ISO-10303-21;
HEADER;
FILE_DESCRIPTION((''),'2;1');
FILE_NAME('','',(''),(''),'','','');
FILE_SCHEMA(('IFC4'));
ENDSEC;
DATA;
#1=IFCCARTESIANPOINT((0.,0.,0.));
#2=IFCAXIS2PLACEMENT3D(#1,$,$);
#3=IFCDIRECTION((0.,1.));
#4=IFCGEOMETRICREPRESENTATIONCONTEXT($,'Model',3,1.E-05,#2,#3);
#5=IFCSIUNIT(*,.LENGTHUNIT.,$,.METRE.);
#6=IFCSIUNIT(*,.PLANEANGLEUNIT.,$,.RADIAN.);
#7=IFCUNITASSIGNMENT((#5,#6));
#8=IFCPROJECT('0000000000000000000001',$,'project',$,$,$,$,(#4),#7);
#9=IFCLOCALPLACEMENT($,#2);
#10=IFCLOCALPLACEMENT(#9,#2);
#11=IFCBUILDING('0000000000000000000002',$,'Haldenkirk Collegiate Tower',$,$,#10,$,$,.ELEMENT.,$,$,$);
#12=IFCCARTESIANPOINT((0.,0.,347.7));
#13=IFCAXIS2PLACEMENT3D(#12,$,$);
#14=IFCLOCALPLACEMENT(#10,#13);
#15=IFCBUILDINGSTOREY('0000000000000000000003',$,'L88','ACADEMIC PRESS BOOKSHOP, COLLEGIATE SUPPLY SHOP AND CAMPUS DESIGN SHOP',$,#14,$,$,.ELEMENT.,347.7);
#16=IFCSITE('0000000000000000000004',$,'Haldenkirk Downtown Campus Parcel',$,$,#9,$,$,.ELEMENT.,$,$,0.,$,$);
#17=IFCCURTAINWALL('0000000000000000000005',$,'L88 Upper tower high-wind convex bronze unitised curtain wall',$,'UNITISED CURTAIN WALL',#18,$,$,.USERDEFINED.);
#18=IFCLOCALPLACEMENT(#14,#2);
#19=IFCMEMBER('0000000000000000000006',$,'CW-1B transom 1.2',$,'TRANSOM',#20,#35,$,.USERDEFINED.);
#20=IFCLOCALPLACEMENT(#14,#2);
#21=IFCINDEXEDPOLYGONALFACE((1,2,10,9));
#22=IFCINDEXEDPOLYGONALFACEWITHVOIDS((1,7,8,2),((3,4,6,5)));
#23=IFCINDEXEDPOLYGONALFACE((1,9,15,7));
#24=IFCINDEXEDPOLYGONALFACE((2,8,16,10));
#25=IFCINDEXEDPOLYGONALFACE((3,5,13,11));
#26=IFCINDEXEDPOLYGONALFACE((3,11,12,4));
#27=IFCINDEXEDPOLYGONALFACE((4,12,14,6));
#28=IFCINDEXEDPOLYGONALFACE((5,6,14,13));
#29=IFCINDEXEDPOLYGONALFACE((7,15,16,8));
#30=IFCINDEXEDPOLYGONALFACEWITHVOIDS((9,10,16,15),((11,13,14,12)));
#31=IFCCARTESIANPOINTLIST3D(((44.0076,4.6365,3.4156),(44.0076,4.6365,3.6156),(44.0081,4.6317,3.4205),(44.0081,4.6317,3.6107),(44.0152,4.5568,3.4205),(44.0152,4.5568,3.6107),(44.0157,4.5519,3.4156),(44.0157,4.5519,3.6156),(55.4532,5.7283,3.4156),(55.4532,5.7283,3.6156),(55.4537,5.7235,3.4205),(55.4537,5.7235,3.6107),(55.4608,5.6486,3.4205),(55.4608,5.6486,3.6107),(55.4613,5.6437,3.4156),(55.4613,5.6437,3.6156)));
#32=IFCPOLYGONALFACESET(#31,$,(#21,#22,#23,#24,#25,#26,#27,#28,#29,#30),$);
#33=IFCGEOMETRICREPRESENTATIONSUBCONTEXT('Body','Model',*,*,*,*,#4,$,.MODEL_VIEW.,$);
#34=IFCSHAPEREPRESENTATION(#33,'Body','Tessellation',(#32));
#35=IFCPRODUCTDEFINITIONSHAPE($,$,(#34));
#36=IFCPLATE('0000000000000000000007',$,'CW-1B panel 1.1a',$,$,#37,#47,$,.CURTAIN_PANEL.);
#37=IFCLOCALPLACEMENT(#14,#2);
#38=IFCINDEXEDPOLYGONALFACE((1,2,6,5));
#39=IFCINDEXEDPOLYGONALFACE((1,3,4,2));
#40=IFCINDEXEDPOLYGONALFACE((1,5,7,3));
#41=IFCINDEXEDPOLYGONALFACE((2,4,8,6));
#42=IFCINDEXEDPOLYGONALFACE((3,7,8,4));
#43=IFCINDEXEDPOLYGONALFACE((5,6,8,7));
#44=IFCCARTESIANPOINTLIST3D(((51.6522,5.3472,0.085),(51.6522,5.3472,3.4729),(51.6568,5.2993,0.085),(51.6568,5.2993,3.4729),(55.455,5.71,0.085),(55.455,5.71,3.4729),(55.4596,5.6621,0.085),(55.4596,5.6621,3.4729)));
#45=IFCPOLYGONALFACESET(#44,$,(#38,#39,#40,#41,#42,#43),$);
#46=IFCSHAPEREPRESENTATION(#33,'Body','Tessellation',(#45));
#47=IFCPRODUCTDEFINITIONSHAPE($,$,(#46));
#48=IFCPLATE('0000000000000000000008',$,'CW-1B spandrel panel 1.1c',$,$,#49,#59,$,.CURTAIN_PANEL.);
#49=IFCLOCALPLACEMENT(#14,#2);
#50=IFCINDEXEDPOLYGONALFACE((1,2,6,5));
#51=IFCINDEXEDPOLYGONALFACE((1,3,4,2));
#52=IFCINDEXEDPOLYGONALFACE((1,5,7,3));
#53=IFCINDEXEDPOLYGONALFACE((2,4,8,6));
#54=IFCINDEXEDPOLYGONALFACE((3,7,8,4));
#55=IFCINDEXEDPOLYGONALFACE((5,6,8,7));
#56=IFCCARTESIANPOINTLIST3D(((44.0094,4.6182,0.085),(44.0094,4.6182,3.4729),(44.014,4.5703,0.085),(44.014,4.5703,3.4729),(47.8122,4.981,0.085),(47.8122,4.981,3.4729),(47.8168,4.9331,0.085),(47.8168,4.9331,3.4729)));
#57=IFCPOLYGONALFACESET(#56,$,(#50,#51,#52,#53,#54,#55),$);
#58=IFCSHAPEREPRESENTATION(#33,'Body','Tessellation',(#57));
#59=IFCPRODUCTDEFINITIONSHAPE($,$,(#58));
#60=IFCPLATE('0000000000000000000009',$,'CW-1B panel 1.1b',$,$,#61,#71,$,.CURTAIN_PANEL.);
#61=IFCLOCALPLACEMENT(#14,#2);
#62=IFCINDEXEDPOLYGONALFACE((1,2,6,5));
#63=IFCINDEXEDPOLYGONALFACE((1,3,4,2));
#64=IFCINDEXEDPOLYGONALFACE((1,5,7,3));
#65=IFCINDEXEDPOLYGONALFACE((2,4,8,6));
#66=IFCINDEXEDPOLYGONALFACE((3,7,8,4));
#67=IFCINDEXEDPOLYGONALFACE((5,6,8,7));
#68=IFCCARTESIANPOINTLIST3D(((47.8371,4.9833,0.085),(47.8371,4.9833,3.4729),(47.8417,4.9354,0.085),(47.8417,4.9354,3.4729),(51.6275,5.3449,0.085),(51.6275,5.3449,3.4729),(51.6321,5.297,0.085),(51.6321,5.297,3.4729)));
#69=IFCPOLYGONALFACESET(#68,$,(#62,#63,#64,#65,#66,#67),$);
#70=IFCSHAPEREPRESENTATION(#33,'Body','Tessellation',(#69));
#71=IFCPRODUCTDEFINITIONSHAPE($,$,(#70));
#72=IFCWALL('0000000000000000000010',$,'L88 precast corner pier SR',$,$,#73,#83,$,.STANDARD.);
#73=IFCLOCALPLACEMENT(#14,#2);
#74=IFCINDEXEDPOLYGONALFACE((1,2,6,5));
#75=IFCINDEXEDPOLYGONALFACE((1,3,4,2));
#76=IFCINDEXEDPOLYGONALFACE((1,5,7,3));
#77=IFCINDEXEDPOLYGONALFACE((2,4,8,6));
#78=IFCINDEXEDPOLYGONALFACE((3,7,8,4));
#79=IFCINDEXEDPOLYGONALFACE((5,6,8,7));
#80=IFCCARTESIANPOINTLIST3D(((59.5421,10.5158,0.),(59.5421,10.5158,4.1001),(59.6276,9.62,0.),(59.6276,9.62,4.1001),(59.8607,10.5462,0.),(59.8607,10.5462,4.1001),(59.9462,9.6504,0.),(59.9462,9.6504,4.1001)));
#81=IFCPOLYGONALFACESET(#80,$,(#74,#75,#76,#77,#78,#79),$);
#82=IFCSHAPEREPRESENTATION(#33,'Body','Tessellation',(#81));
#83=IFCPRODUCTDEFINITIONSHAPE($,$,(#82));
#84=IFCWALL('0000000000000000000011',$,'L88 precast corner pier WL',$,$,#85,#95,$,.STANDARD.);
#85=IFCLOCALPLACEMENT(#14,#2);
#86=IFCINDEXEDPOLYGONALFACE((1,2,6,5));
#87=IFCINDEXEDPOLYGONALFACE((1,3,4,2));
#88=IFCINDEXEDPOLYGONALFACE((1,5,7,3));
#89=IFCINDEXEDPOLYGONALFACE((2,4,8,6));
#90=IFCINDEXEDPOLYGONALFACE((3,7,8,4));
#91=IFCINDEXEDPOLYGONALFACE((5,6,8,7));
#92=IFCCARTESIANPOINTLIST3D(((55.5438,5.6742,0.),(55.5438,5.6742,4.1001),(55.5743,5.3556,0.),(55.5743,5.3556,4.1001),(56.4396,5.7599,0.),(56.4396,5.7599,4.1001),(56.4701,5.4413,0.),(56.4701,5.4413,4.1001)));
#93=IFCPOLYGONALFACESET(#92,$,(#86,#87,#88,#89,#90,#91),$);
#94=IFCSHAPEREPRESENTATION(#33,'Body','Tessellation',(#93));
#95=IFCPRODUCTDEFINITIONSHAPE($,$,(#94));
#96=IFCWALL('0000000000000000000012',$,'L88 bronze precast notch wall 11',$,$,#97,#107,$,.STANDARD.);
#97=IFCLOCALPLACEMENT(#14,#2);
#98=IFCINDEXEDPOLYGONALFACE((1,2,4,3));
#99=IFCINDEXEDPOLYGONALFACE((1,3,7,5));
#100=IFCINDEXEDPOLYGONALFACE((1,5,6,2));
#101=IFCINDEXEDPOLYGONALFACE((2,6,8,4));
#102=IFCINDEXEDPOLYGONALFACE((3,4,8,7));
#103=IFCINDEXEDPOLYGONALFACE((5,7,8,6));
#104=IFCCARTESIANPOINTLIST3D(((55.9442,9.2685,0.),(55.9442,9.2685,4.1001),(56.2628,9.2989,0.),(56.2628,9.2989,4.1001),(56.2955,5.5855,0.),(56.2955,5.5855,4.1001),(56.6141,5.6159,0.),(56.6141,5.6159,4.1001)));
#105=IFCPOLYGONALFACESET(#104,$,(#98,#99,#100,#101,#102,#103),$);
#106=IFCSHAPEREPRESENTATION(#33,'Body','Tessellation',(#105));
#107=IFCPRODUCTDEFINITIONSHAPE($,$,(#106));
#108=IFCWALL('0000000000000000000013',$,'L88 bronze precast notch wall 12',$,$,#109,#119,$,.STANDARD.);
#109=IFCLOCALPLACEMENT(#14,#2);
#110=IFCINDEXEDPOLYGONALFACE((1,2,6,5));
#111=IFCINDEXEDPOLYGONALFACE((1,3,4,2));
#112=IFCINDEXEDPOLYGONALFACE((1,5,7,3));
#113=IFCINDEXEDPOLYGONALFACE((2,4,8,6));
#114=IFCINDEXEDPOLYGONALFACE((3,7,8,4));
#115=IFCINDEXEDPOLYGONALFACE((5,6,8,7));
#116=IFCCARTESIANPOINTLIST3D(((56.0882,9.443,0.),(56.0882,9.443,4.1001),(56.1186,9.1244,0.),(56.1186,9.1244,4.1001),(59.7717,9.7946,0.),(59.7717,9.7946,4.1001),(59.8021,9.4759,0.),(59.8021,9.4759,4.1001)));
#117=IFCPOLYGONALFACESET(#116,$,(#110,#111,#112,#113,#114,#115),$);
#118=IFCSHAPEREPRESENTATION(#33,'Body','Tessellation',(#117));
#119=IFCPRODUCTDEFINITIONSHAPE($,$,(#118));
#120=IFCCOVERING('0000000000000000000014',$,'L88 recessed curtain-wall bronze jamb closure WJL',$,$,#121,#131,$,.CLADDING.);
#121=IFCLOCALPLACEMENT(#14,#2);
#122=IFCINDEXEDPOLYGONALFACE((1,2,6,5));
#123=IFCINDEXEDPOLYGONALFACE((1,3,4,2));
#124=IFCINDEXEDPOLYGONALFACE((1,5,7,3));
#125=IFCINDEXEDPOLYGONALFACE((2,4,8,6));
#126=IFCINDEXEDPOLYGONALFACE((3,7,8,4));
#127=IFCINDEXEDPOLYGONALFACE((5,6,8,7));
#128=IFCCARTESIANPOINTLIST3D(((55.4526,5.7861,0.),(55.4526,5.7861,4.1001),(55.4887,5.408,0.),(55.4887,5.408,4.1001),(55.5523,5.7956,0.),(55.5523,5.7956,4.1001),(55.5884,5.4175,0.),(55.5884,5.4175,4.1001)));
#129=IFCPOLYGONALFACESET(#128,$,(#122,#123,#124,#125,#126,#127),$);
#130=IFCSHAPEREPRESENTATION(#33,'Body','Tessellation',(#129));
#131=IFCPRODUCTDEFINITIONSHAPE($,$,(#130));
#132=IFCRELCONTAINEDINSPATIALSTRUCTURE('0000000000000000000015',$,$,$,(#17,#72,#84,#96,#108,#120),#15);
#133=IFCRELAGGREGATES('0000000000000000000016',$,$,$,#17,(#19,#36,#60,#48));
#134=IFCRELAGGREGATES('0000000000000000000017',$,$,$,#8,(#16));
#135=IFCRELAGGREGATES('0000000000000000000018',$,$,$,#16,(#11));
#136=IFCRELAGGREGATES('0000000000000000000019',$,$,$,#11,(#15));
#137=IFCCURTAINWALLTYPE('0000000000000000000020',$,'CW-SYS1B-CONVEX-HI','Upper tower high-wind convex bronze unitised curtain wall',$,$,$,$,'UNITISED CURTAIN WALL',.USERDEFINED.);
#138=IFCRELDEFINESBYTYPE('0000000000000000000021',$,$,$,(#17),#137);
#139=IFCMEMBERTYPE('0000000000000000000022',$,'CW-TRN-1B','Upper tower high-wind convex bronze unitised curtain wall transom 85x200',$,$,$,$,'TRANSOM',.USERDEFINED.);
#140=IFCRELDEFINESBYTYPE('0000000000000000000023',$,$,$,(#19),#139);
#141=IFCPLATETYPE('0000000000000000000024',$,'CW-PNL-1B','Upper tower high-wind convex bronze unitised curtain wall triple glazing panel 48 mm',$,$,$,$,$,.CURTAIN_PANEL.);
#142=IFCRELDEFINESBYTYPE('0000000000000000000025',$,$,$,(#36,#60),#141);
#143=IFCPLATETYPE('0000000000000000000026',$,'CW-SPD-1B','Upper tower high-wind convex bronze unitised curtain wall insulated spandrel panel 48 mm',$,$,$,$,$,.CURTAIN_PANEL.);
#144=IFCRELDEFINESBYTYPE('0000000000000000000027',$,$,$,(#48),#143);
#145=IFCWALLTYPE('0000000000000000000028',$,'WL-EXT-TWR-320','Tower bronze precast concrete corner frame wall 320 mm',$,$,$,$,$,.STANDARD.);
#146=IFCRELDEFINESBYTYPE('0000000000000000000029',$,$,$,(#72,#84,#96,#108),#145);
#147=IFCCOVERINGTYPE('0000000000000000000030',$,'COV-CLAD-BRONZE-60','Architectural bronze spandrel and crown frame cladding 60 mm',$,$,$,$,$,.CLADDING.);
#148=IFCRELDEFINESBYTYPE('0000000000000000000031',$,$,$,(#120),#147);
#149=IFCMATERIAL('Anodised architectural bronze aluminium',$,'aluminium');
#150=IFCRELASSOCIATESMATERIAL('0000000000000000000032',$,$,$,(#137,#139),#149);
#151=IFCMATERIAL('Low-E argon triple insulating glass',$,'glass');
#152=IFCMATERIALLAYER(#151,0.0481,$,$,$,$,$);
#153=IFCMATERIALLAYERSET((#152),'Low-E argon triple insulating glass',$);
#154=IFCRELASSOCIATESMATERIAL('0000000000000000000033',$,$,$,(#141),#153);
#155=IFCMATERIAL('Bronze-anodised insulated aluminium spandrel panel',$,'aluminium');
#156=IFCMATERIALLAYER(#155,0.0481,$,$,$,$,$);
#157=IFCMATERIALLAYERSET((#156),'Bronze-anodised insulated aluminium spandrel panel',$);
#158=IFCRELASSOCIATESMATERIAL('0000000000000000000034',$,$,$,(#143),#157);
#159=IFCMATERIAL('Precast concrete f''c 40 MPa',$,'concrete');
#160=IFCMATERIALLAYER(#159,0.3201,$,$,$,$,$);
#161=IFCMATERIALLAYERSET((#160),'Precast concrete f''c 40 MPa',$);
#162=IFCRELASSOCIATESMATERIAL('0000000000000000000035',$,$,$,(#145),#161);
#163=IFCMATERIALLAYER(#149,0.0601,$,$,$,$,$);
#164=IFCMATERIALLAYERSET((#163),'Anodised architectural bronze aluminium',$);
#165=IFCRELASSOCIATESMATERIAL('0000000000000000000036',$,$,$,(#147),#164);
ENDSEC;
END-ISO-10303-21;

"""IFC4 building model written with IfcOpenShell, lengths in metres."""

from ifc_helpers import new_model, si_unit, direction, frame, frame_2d, origin, origin_2d, place, context, subcontext, project, spatial, rectangle, hollow_rectangle, extrude, source, transform, mapped, material, layer, layer_set, material_profile, profile_set, type_object, element, aggregate, save


model = new_model("IFC4")

# Units and contexts
model_context = context("Model", 3, precision=1e-05, world=origin(), true_north=direction((0.0, 1.0)))
body_context = subcontext(model_context, "Body", "Model", "MODEL_VIEW")
ifc_project = project(units=[si_unit("LENGTHUNIT", "METRE"), si_unit("PLANEANGLEUNIT", "RADIAN")], contexts=[model_context])

# Site, building, storey
site_placement = place(None, origin())
site = spatial("IfcSite", under=ifc_project, at=site_placement, Name="Haldenkirk Downtown Campus Parcel", CompositionType="ELEMENT", RefElevation=0.0)
building_placement = place(site_placement, origin())
building = spatial("IfcBuilding", under=site, at=building_placement, Name="Haldenkirk Collegiate Tower", CompositionType="ELEMENT")
storey_placement = place(building_placement, frame((0.0, 0.0, 347.7)))
storey = spatial("IfcBuildingStorey", under=building, at=storey_placement, Name="L88", Description="ACADEMIC PRESS BOOKSHOP, COLLEGIATE SUPPLY SHOP AND CAMPUS DESIGN SHOP", CompositionType="ELEMENT", Elevation=347.7)

# Curtain wall, member, plates
ifc_material_1 = material(Name="Anodised architectural bronze aluminium", Category="aluminium")
curtain_wall_type = type_object("IfcCurtainWallType", Name="CW-SYS1B-CONVEX-HI", Description="Upper tower high-wind convex bronze unitised curtain wall", ElementType="UNITISED CURTAIN WALL", PredefinedType="USERDEFINED", material=ifc_material_1)
curtain_wall_placement = place(storey_placement, origin())
curtain_wall = element("IfcCurtainWall", 1, at=curtain_wall_placement, inside=storey, type_object=curtain_wall_type, Name="L88 Upper tower high-wind convex bronze unitised curtain wall", ObjectType="UNITISED CURTAIN WALL", PredefinedType="USERDEFINED")
ifc_material_profile_1 = material_profile(ifc_material_1, hollow_rectangle(XDim=0.085, YDim=0.2, WallThickness=0.0049, at=origin_2d()), Name="CW-TRN-1B")
ifc_profile_set_1 = profile_set([ifc_material_profile_1], Name="Anodised architectural bronze aluminium")
member_type_1 = type_object("IfcMemberType", Name="CW-TRN-1B", Description="Upper tower high-wind convex bronze unitised curtain wall transom 85x200", ElementType="TRANSOM", PredefinedType="USERDEFINED", material=ifc_profile_set_1)
member_1_placement = place(storey_placement, frame((55.4573, 5.686, 3.5156), z_axis=(-0.995481, -0.094959, 0.0), x_axis=(0.094959, -0.995481, 0.0)))
member_1 = element("IfcMember", 2, at=member_1_placement, type_object=member_type_1, Name="CW-1B transom 1.2", ObjectType="TRANSOM", PredefinedType="USERDEFINED", context=body_context, shape_type="SweptSolid", body=[
    extrude(hollow_rectangle(XDim=0.085, YDim=0.2, WallThickness=0.0049, at=origin_2d()), origin(), (0.0, 0.0, 1.0), 11.4976),
])
ifc_material_2 = material(Name="Low-E argon triple insulating glass", Category="glass")
ifc_layer_1 = layer(ifc_material_2, 0.0481)
ifc_layer_set_1 = layer_set([ifc_layer_1], Name="Low-E argon triple insulating glass")
plate_type_1 = type_object("IfcPlateType", Name="CW-PNL-1B", Description="Upper tower high-wind convex bronze unitised curtain wall triple glazing panel 48 mm", PredefinedType="CURTAIN_PANEL", material=ifc_layer_set_1)
shared_shape_1 = source(origin(), body_context, "Body", "SweptSolid", [
    extrude(rectangle(XDim=3.8201, YDim=0.0481, at=origin_2d()), origin(), (0.0, 0.0, 1.0), 3.3879),
])
plate_1_placement = place(storey_placement, frame((53.5559, 5.5046, 0.085), z_axis=(0.0, 0.0, 1.0), x_axis=(-0.99548, -0.094973, 0.0)))
plate_1 = element("IfcPlate", 3, at=plate_1_placement, type_object=plate_type_1, Name="CW-1B panel 1.1a", PredefinedType="CURTAIN_PANEL", context=body_context, shape_type="MappedRepresentation", body=[
    mapped(shared_shape_1, transform((0.0, 0.0, 0.0), x_axis=(1.0, 0.0, 0.0), y_axis=(0.0, 1.0, 0.0), z_axis=(0.0, 0.0, 1.0), scale=1.0)),
])
ifc_material_3 = material(Name="Bronze-anodised insulated aluminium spandrel panel", Category="aluminium")
ifc_layer_2 = layer(ifc_material_3, 0.0481)
ifc_layer_set_2 = layer_set([ifc_layer_2], Name="Bronze-anodised insulated aluminium spandrel panel")
plate_type_2 = type_object("IfcPlateType", Name="CW-SPD-1B", Description="Upper tower high-wind convex bronze unitised curtain wall insulated spandrel panel 48 mm", PredefinedType="CURTAIN_PANEL", material=ifc_layer_set_2)
plate_2_placement = place(storey_placement, frame((45.9131, 4.7756, 0.085), z_axis=(0.0, 0.0, 1.0), x_axis=(-0.99548, -0.094973, 0.0)))
plate_2 = element("IfcPlate", 4, at=plate_2_placement, type_object=plate_type_2, Name="CW-1B spandrel panel 1.1c", PredefinedType="CURTAIN_PANEL", context=body_context, shape_type="MappedRepresentation", body=[
    mapped(shared_shape_1, transform((0.0, 0.0, 0.0), x_axis=(1.0, 0.0, 0.0), y_axis=(0.0, 1.0, 0.0), z_axis=(0.0, 0.0, 1.0), scale=1.0)),
])
shared_shape_2 = source(origin(), body_context, "Body", "SweptSolid", [
    extrude(rectangle(XDim=3.8076, YDim=0.0481, at=origin_2d()), origin(), (0.0, 0.0, 1.0), 3.3879),
])
plate_3_placement = place(storey_placement, frame((49.7346, 5.1401, 0.085), z_axis=(0.0, 0.0, 1.0), x_axis=(-0.99548, -0.094973, 0.0)))
plate_3 = element("IfcPlate", 5, at=plate_3_placement, type_object=plate_type_1, Name="CW-1B panel 1.1b", PredefinedType="CURTAIN_PANEL", context=body_context, shape_type="MappedRepresentation", body=[
    mapped(shared_shape_2, transform((0.0, 0.0, 0.0), x_axis=(1.0, 0.0, 0.0), y_axis=(0.0, 1.0, 0.0), z_axis=(0.0, 0.0, 1.0), scale=1.0)),
])
aggregate(curtain_wall, [member_1, plate_1, plate_3, plate_2])

# Walls
ifc_material_4 = material(Name="Precast concrete f'c 40 MPa", Category="concrete")
ifc_layer_3 = layer(ifc_material_4, 0.3201)
ifc_layer_set_3 = layer_set([ifc_layer_3], Name="Precast concrete f'c 40 MPa")
wall_type = type_object("IfcWallType", Name="WL-EXT-TWR-320", Description="Tower bronze precast concrete corner frame wall 320 mm", PredefinedType="STANDARD", material=ifc_layer_set_3)
for number, where, z_axis, x_axis, name in (
    (6, (59.7014, 10.531, 0.0), (0.0, 0.0, 1.0), (0.094963, -0.995481, 0.0), "L88 precast corner pier SR"),
    (7, (56.4548, 5.6006, 0.0), (0.0, 0.0, 1.0), (-0.995455, -0.095232, 0.0), "L88 precast corner pier WL"),
):
    element("IfcWall", number, at=place(storey_placement, frame(where, z_axis=z_axis, x_axis=x_axis)), inside=storey, type_object=wall_type, Name=name, PredefinedType="STANDARD", context=body_context, shape_type="SweptSolid", body=[
        extrude(rectangle(XDim=0.8999, YDim=0.3201, at=frame_2d((0.45, 0.0))), origin(), (0.0, 0.0, 1.0), 4.1001),
    ])
wall_1_placement = place(storey_placement, frame((56.1035, 9.2837, 0.0), z_axis=(0.0, 0.0, 1.0), x_axis=(0.094955, -0.995482, 0.0)))
element("IfcWall", 8, at=wall_1_placement, inside=storey, type_object=wall_type, Name="L88 bronze precast notch wall 11", PredefinedType="STANDARD", context=body_context, shape_type="SweptSolid", body=[
    extrude(rectangle(XDim=3.6997, YDim=0.3201, at=frame_2d((1.8499, 0.0))), origin(), (0.0, 0.0, 1.0), 4.1001),
])
wall_2_placement = place(storey_placement, frame((59.7869, 9.6353, 0.0), z_axis=(0.0, 0.0, 1.0), x_axis=(-0.995476, -0.095015, 0.0)))
element("IfcWall", 9, at=wall_2_placement, inside=storey, type_object=wall_type, Name="L88 bronze precast notch wall 12", PredefinedType="STANDARD", context=body_context, shape_type="SweptSolid", body=[
    extrude(rectangle(XDim=3.7002, YDim=0.3201, at=frame_2d((1.8501, 0.0))), origin(), (0.0, 0.0, 1.0), 4.1001),
])

# Covering
ifc_layer_4 = layer(ifc_material_1, 0.0601)
ifc_layer_set_4 = layer_set([ifc_layer_4], Name="Anodised architectural bronze aluminium")
covering_type = type_object("IfcCoveringType", Name="COV-CLAD-BRONZE-60", Description="Architectural bronze spandrel and crown frame cladding 60 mm", PredefinedType="CLADDING", material=ifc_layer_set_4)
shared_shape_3 = source(origin(), body_context, "Body", "SweptSolid", [
    extrude(rectangle(XDim=0.1001, YDim=0.3799, at=origin_2d()), origin(), (0.0, 0.0, 1.0), 4.1001),
])
covering_placement = place(storey_placement, frame((55.5205, 5.6018, 0.0), z_axis=(0.0, 0.0, 1.0), x_axis=(-0.995479, -0.094977, 0.0)))
element("IfcCovering", 10, at=covering_placement, inside=storey, type_object=covering_type, Name="L88 recessed curtain-wall bronze jamb closure WJL", PredefinedType="CLADDING", context=body_context, shape_type="MappedRepresentation", body=[
    mapped(shared_shape_3, transform((0.0, 0.0, 0.0), x_axis=(1.0, 0.0, 0.0), y_axis=(0.0, 1.0, 0.0), z_axis=(0.0, 0.0, 1.0), scale=1.0)),
])

save(model, "model.ifc")
